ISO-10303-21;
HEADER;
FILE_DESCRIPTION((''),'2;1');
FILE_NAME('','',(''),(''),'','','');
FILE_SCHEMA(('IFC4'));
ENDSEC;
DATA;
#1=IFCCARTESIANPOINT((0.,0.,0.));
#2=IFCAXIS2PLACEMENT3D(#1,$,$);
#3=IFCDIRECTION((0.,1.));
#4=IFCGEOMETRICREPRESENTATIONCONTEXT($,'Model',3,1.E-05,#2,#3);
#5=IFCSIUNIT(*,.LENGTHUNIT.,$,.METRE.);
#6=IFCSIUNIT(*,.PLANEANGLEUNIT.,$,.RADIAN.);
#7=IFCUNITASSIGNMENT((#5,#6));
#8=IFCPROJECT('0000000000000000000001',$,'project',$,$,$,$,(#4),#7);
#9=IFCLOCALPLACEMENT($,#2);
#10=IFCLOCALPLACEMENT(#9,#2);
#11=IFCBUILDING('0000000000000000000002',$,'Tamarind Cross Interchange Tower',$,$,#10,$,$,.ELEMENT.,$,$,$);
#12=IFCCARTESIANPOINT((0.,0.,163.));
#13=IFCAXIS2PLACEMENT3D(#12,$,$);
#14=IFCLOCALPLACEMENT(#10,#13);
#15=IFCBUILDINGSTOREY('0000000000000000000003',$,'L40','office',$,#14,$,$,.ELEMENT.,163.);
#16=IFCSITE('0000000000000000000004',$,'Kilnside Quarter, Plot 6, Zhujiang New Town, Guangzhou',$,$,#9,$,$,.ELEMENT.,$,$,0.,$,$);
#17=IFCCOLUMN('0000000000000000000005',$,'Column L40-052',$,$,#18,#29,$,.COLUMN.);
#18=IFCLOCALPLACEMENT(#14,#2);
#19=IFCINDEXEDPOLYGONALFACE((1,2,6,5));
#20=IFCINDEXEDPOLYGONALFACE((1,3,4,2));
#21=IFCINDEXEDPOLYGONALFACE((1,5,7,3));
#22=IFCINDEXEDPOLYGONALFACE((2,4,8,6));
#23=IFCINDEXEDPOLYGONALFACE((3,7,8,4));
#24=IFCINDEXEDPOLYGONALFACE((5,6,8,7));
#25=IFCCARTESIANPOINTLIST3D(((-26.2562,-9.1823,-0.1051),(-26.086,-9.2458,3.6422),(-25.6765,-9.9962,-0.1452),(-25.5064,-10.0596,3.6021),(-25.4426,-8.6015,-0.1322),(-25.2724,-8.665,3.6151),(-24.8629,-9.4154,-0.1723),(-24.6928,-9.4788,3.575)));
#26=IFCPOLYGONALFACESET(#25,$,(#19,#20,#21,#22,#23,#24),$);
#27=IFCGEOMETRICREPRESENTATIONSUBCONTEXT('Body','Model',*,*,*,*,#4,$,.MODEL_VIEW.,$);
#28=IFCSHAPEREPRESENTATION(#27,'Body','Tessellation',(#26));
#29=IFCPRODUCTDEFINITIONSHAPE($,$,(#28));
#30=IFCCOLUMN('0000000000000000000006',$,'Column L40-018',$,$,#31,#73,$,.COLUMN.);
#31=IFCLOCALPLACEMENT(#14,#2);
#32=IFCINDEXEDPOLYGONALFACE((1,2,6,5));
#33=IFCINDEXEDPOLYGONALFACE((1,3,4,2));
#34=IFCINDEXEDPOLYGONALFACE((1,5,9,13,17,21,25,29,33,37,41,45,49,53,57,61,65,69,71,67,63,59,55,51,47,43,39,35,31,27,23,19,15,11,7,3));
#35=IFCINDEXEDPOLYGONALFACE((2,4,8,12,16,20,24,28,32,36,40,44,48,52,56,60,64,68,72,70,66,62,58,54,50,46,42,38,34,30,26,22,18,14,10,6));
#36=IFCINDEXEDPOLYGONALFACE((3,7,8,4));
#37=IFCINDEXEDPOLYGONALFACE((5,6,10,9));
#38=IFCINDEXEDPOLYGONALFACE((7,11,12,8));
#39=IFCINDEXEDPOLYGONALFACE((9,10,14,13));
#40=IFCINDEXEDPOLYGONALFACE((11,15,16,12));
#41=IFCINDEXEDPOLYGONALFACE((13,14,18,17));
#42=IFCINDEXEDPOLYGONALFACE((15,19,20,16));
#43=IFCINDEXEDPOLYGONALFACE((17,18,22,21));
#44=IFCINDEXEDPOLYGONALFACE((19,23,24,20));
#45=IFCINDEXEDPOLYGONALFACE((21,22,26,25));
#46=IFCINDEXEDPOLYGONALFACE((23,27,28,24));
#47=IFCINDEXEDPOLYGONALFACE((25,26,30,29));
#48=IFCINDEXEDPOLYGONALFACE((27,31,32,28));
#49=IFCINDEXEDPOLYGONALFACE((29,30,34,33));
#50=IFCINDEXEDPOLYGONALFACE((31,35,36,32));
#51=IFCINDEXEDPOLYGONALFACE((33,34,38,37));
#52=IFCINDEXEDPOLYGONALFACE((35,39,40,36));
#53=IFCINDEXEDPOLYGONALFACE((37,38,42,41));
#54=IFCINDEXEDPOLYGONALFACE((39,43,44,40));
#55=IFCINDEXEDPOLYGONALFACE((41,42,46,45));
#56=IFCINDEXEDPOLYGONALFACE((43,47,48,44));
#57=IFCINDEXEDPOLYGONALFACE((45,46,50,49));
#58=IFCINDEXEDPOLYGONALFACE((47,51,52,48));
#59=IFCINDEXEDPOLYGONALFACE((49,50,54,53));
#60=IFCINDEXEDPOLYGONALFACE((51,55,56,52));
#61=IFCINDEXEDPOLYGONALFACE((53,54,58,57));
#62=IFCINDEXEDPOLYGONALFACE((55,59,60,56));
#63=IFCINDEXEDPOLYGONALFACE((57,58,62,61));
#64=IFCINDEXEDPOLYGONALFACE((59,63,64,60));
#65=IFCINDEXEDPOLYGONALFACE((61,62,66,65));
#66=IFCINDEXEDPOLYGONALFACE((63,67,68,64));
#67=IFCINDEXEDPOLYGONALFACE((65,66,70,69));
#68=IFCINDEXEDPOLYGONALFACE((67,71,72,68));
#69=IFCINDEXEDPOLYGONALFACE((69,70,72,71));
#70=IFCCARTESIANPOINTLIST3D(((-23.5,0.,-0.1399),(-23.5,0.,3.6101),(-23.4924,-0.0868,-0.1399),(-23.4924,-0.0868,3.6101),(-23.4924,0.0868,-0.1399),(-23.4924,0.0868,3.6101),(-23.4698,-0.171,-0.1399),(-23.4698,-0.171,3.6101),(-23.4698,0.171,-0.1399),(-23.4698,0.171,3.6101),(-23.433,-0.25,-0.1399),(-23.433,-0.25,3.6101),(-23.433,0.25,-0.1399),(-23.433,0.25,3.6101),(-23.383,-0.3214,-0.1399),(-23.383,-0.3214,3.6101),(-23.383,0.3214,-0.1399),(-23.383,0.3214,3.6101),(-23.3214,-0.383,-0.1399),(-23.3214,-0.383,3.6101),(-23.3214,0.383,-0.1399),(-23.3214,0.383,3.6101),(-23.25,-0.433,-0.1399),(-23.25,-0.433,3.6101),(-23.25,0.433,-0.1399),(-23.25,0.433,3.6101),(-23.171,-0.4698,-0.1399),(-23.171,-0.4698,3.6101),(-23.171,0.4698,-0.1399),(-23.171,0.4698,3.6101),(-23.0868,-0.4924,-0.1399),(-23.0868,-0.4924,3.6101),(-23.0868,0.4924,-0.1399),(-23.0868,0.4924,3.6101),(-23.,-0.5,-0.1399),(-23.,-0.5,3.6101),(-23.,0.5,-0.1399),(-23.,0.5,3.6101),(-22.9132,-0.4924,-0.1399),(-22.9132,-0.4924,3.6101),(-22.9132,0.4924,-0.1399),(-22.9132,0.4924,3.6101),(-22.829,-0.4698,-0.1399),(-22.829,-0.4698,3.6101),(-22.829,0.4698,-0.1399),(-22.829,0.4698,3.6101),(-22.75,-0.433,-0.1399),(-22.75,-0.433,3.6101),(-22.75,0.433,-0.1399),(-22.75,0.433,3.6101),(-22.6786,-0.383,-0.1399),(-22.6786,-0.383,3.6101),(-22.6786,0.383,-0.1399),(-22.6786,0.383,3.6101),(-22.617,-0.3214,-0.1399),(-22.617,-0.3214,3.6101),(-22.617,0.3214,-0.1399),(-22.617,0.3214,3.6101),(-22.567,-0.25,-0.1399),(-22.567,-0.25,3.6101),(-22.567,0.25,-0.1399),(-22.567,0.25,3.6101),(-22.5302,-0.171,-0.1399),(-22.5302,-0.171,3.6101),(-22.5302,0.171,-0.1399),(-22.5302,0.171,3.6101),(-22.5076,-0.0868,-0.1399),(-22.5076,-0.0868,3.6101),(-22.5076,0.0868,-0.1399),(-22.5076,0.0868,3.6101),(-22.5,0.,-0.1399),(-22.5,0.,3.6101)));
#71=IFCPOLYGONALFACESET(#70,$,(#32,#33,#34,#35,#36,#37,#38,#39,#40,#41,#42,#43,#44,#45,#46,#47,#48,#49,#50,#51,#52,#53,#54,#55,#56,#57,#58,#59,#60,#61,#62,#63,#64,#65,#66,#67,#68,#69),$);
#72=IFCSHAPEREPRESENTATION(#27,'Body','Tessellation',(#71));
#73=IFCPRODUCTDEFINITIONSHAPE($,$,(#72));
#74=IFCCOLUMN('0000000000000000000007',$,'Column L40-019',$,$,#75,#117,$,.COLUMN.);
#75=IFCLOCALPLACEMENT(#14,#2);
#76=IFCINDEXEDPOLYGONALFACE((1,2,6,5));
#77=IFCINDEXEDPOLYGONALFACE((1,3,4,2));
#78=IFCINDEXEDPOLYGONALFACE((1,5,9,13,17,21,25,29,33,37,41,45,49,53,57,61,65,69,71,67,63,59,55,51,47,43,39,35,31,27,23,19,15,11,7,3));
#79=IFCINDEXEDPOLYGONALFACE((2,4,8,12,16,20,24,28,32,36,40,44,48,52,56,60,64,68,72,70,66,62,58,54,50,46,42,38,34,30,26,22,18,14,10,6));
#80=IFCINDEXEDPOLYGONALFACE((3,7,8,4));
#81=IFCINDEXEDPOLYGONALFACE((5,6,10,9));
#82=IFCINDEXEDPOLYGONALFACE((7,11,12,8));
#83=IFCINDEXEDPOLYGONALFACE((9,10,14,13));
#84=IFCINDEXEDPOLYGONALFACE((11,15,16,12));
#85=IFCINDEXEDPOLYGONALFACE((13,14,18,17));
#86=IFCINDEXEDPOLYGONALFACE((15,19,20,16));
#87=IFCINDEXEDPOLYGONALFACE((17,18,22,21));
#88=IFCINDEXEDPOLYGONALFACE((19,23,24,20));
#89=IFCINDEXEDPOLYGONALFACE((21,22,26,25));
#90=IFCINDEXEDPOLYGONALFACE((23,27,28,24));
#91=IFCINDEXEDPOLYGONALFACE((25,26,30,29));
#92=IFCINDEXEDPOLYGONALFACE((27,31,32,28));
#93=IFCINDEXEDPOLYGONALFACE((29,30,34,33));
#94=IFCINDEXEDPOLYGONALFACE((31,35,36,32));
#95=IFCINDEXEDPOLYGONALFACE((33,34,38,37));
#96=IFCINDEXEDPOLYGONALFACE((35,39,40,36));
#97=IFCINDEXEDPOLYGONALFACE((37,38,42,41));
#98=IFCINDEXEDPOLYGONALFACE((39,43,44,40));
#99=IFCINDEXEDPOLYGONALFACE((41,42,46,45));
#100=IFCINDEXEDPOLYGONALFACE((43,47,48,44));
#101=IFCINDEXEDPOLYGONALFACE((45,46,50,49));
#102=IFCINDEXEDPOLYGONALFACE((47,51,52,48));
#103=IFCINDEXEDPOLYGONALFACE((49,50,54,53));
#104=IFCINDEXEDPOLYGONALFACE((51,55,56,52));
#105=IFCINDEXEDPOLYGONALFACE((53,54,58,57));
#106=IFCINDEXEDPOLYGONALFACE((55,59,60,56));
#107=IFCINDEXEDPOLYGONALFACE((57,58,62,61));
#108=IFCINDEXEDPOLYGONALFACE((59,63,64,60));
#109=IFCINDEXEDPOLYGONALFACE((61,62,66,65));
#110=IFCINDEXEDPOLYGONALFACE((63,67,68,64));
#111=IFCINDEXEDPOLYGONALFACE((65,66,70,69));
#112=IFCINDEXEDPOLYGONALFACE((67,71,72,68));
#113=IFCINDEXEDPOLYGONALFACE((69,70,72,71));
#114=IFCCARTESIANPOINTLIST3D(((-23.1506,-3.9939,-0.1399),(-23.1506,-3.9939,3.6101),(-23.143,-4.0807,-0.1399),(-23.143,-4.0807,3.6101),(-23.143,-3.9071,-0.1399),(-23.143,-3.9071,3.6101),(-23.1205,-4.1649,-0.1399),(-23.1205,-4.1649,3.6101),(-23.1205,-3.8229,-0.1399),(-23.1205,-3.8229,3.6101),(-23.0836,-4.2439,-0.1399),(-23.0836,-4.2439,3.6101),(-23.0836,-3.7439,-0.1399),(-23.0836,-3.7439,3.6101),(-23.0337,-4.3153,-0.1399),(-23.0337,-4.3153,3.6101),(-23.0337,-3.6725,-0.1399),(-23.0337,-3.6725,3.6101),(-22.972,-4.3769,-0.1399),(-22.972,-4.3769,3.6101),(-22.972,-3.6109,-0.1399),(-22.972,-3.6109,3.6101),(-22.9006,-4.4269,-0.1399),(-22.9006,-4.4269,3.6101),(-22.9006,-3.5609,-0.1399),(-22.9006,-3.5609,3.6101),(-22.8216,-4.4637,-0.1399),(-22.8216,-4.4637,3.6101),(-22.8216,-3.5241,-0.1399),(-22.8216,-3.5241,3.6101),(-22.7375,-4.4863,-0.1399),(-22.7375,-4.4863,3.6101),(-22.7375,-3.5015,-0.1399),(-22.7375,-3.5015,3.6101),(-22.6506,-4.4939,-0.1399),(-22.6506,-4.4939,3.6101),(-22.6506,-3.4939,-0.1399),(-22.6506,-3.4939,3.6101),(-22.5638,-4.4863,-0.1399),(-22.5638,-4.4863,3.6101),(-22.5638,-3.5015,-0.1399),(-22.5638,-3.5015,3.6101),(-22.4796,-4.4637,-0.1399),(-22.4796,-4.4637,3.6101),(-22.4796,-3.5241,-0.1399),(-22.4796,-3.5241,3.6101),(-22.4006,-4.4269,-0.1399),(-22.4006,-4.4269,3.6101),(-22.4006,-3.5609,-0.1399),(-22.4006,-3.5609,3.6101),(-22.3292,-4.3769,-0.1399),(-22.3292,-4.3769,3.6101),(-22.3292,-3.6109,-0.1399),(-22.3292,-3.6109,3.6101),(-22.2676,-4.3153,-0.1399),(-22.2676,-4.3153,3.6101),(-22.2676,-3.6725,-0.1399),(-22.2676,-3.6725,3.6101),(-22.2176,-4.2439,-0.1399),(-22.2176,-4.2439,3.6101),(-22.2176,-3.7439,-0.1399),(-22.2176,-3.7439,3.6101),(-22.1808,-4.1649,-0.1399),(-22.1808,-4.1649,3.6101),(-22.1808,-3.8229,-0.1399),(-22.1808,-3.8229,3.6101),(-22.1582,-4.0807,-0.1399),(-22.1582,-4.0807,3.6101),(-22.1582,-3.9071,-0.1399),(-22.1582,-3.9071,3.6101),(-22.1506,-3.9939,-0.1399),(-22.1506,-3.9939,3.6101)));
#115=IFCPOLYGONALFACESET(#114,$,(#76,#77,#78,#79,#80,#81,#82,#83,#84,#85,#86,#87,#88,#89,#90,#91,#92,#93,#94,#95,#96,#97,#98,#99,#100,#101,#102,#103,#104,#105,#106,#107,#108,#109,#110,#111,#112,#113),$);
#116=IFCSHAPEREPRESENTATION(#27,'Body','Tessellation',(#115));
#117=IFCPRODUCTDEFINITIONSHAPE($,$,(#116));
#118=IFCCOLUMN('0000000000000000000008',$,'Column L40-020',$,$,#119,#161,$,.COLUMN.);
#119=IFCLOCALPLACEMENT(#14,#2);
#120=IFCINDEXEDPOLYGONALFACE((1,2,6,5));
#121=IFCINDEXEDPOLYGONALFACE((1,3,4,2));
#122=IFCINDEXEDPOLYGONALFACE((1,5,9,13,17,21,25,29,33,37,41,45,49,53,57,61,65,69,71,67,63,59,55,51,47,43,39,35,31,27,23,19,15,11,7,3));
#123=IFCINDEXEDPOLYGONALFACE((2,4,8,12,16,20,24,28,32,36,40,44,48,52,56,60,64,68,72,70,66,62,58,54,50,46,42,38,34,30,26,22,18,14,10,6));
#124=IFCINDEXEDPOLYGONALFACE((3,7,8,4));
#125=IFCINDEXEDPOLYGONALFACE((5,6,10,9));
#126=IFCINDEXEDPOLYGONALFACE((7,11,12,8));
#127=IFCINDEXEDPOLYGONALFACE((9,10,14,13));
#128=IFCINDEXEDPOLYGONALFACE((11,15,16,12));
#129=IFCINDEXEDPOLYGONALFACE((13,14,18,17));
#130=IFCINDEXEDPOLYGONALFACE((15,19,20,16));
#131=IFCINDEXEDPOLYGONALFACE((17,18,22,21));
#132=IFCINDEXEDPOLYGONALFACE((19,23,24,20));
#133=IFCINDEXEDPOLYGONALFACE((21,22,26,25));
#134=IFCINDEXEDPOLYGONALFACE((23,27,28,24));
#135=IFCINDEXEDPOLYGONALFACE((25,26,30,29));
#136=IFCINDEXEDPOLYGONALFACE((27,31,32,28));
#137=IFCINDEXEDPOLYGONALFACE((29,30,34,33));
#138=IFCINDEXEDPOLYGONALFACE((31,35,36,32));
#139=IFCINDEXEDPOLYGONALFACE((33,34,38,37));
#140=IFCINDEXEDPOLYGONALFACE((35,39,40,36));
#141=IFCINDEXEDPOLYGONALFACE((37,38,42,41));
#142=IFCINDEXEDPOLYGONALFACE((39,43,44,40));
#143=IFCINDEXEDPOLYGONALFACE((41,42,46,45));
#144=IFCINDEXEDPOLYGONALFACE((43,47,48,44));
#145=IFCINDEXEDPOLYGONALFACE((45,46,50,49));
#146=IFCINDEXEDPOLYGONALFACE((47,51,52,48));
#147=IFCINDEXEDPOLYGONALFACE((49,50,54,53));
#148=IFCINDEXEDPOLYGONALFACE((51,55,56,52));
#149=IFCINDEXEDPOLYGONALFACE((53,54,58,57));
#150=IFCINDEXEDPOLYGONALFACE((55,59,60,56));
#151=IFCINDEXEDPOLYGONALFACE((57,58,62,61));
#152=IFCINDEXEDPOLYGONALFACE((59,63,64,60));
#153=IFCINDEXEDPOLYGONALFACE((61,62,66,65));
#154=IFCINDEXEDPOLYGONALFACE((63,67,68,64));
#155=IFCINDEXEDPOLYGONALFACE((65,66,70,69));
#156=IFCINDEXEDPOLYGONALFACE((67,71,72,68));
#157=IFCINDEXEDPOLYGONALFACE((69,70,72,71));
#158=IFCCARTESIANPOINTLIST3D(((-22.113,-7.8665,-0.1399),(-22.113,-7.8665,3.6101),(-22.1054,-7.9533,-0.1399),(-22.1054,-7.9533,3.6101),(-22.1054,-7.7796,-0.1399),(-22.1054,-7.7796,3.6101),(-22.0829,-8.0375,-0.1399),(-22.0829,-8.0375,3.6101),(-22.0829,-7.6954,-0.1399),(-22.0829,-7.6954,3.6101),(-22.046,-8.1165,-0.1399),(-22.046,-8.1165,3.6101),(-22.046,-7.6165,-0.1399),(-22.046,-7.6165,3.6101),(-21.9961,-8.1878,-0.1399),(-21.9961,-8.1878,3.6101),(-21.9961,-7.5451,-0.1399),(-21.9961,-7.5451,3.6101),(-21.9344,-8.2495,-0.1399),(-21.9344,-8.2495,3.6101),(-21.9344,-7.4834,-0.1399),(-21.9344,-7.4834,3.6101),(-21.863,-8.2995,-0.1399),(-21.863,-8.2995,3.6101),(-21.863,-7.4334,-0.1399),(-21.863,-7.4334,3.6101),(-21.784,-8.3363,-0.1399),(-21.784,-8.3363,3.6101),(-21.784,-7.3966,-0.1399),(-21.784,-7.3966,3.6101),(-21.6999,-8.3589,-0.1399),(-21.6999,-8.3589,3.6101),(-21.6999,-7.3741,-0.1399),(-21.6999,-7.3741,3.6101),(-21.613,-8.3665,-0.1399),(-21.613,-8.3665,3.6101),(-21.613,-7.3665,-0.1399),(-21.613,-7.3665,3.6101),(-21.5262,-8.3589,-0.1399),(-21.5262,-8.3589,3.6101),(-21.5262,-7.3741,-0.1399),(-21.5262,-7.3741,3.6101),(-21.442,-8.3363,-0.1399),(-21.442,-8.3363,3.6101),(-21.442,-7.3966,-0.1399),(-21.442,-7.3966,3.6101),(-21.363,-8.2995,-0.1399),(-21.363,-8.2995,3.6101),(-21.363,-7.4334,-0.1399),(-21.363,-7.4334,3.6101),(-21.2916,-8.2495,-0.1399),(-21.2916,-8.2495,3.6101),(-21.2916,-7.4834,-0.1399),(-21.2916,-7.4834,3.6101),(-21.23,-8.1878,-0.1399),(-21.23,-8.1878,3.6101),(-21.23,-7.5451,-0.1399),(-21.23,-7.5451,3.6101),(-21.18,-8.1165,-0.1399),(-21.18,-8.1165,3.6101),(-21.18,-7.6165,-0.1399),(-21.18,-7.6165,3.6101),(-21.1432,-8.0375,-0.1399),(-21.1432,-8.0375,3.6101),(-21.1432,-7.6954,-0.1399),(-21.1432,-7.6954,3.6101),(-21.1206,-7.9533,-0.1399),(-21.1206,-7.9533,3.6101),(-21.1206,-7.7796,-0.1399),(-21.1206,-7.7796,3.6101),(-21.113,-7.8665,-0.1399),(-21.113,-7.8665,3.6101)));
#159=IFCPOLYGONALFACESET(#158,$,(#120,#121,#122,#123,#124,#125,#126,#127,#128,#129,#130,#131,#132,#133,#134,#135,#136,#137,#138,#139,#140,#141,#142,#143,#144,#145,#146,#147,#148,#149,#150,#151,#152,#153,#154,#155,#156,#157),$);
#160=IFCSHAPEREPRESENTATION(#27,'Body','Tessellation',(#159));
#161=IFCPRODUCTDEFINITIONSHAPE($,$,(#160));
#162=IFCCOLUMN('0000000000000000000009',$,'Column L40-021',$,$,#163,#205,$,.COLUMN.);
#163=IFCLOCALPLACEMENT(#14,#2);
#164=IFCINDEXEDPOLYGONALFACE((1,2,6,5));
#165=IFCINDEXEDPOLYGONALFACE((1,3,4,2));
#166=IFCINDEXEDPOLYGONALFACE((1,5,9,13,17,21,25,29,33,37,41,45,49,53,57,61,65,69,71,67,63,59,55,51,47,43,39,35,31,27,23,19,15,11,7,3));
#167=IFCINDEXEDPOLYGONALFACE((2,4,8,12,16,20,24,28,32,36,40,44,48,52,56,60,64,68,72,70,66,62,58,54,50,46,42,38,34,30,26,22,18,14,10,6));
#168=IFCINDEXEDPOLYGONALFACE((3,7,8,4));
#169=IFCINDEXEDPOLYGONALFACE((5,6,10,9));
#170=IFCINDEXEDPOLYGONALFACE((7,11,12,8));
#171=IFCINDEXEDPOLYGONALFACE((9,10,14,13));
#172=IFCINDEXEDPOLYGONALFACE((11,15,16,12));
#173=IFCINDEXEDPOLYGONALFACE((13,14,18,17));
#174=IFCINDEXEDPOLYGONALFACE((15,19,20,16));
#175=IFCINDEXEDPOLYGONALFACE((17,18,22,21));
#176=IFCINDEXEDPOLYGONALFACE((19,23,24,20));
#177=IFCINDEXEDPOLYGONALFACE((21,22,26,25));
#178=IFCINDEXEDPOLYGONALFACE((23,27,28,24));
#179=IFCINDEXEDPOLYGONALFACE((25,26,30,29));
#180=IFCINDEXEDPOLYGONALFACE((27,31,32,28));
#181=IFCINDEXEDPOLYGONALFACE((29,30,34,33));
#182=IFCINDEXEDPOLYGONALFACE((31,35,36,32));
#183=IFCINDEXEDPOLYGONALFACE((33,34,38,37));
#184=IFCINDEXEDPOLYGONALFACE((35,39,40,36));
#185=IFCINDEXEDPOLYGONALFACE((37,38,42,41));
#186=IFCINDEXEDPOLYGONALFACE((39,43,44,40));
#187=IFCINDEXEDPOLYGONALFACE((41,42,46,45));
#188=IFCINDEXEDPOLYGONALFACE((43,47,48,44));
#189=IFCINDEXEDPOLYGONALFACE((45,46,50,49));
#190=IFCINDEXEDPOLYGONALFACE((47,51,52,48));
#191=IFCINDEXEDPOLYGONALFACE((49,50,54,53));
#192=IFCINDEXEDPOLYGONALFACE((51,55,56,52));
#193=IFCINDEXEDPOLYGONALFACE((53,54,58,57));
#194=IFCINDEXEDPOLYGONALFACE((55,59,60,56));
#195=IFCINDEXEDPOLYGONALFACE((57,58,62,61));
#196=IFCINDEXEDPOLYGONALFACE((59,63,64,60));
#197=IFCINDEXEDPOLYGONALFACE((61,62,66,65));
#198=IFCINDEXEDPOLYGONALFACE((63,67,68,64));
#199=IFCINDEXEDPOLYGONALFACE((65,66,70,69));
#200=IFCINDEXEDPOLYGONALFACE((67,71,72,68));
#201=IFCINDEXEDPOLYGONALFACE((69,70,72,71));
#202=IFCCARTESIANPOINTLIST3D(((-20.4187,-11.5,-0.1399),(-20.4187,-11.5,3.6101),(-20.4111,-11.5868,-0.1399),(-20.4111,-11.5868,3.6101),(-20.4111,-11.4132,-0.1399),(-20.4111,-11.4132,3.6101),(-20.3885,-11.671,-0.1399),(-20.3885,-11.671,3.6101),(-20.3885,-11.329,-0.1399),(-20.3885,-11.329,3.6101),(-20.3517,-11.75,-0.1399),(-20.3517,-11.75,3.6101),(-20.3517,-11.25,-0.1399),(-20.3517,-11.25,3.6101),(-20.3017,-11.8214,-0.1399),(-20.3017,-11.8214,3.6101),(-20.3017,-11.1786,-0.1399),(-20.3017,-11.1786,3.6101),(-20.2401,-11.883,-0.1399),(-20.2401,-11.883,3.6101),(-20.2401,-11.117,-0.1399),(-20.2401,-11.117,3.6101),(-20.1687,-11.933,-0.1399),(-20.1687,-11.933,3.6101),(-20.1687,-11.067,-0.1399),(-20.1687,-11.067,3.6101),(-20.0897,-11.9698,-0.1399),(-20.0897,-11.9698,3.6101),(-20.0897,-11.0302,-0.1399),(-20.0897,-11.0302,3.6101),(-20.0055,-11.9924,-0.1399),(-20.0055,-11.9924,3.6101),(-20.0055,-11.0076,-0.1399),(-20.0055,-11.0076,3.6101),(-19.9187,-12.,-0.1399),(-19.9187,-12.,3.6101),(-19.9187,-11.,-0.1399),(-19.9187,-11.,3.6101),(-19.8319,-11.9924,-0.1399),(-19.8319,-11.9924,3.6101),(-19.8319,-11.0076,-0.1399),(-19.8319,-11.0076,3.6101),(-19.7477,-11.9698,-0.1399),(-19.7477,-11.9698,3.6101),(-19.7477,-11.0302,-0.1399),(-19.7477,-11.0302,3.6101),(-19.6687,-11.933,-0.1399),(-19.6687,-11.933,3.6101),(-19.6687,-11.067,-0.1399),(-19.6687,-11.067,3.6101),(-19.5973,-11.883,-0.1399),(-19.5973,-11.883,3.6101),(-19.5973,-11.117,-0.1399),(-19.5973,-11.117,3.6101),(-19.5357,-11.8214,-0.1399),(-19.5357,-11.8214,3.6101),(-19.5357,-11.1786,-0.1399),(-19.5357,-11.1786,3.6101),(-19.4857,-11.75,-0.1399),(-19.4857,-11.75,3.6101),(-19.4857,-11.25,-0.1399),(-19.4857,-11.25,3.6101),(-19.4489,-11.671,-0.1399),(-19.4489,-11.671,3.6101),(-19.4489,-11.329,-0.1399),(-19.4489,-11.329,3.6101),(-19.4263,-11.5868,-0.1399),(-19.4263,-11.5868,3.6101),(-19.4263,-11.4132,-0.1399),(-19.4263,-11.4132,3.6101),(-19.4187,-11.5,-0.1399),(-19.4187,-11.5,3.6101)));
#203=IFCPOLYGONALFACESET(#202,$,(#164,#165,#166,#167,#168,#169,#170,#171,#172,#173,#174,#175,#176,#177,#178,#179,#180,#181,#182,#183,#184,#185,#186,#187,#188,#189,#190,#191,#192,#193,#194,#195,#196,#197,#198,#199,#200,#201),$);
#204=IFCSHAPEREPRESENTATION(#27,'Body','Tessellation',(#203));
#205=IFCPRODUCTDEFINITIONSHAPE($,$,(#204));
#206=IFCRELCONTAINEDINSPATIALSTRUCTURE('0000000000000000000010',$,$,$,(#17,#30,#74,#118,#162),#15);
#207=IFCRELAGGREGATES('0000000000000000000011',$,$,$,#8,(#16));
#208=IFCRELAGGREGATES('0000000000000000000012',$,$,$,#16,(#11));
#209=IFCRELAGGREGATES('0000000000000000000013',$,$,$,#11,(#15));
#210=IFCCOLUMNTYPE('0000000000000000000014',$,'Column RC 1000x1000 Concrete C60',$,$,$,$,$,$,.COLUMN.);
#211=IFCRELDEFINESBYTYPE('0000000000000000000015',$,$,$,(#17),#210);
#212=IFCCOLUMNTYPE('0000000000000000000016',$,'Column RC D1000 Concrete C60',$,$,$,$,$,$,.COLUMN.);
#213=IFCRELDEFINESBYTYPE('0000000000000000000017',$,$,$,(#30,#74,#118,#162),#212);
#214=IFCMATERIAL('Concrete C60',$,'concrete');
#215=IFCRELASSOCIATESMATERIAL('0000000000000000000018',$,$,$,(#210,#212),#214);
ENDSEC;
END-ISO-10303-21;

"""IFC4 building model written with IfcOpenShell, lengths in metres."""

from ifc_helpers import new_model, si_unit, direction, frame, origin, origin_2d, place, context, subcontext, project, spatial, rectangle, circle, extrude, material, material_profile, profile_set, type_object, element, save


model = new_model("IFC4")

# Units and contexts
model_context = context("Model", 3, precision=1e-05, world=origin(), true_north=direction((0.0, 1.0)))
body_context = subcontext(model_context, "Body", "Model", "MODEL_VIEW")
ifc_project = project(units=[si_unit("LENGTHUNIT", "METRE"), si_unit("PLANEANGLEUNIT", "RADIAN")], contexts=[model_context])

# Site, building, storey
site_placement = place(None, origin())
site = spatial("IfcSite", under=ifc_project, at=site_placement, Name="Kilnside Quarter, Plot 6, Zhujiang New Town, Guangzhou", CompositionType="ELEMENT", RefElevation=0.0)
building_placement = place(site_placement, origin())
building = spatial("IfcBuilding", under=site, at=building_placement, Name="Tamarind Cross Interchange Tower", CompositionType="ELEMENT")
storey_placement = place(building_placement, frame((0.0, 0.0, 163.0)))
storey = spatial("IfcBuildingStorey", under=building, at=storey_placement, Name="L40", Description="office", CompositionType="ELEMENT", Elevation=163.0)

# Columns
ifc_material_1 = material(Name="Concrete C60", Category="concrete")
ifc_material_profile_1 = material_profile(ifc_material_1, rectangle(XDim=1.0, YDim=1.0, at=origin_2d()), Name="RC 1000x1000")
ifc_profile_set_1 = profile_set([ifc_material_profile_1], Name="Concrete C60")
column_type_1 = type_object("IfcColumnType", Name="Column RC 1000x1000 Concrete C60", PredefinedType="COLUMN", material=ifc_profile_set_1)
column_placement = place(storey_placement, frame((-25.5596, -9.2988, -0.1387), z_axis=(0.045357, -0.016919, 0.998828), x_axis=(-0.579654, 0.813875, 0.040109)))
element("IfcColumn", 1, at=column_placement, inside=storey, type_object=column_type_1, Name="Column L40-052", PredefinedType="COLUMN", context=body_context, shape_type="SweptSolid", body=[
    extrude(rectangle(XDim=1.0, YDim=1.0, at=origin_2d()), origin(), (0.0, 0.0, 1.0), 3.7517),
])
ifc_material_profile_2 = material_profile(ifc_material_1, circle(Radius=0.5, at=origin_2d()), Name="RC D1000")
ifc_profile_set_2 = profile_set([ifc_material_profile_2], Name="Concrete C60")
column_type_2 = type_object("IfcColumnType", Name="Column RC D1000 Concrete C60", PredefinedType="COLUMN", material=ifc_profile_set_2)
for number, where, z_axis, x_axis, name in (
    (2, (-23.0, 0.0, -0.1399), (0.0, 0.0, 1.0), (1.0, 0.0, 0.0), "Column L40-018"),
    (3, (-22.6506, -3.9939, -0.1399), (0.0, 0.0, 1.0), (1.0, 0.0, 0.0), "Column L40-019"),
    (4, (-21.613, -7.8665, -0.1399), (0.0, 0.0, 1.0), (1.0, 0.0, 0.0), "Column L40-020"),
    (5, (-19.9187, -11.5, -0.1399), (0.0, 0.0, 1.0), (1.0, 0.0, 0.0), "Column L40-021"),
):
    element("IfcColumn", number, at=place(storey_placement, frame(where, z_axis=z_axis, x_axis=x_axis)), inside=storey, type_object=column_type_2, Name=name, PredefinedType="COLUMN", context=body_context, shape_type="SweptSolid", body=[
        extrude(circle(Radius=0.5, at=origin_2d()), origin(), (0.0, 0.0, 1.0), 3.75),
    ])

save(model, "model.ifc")
